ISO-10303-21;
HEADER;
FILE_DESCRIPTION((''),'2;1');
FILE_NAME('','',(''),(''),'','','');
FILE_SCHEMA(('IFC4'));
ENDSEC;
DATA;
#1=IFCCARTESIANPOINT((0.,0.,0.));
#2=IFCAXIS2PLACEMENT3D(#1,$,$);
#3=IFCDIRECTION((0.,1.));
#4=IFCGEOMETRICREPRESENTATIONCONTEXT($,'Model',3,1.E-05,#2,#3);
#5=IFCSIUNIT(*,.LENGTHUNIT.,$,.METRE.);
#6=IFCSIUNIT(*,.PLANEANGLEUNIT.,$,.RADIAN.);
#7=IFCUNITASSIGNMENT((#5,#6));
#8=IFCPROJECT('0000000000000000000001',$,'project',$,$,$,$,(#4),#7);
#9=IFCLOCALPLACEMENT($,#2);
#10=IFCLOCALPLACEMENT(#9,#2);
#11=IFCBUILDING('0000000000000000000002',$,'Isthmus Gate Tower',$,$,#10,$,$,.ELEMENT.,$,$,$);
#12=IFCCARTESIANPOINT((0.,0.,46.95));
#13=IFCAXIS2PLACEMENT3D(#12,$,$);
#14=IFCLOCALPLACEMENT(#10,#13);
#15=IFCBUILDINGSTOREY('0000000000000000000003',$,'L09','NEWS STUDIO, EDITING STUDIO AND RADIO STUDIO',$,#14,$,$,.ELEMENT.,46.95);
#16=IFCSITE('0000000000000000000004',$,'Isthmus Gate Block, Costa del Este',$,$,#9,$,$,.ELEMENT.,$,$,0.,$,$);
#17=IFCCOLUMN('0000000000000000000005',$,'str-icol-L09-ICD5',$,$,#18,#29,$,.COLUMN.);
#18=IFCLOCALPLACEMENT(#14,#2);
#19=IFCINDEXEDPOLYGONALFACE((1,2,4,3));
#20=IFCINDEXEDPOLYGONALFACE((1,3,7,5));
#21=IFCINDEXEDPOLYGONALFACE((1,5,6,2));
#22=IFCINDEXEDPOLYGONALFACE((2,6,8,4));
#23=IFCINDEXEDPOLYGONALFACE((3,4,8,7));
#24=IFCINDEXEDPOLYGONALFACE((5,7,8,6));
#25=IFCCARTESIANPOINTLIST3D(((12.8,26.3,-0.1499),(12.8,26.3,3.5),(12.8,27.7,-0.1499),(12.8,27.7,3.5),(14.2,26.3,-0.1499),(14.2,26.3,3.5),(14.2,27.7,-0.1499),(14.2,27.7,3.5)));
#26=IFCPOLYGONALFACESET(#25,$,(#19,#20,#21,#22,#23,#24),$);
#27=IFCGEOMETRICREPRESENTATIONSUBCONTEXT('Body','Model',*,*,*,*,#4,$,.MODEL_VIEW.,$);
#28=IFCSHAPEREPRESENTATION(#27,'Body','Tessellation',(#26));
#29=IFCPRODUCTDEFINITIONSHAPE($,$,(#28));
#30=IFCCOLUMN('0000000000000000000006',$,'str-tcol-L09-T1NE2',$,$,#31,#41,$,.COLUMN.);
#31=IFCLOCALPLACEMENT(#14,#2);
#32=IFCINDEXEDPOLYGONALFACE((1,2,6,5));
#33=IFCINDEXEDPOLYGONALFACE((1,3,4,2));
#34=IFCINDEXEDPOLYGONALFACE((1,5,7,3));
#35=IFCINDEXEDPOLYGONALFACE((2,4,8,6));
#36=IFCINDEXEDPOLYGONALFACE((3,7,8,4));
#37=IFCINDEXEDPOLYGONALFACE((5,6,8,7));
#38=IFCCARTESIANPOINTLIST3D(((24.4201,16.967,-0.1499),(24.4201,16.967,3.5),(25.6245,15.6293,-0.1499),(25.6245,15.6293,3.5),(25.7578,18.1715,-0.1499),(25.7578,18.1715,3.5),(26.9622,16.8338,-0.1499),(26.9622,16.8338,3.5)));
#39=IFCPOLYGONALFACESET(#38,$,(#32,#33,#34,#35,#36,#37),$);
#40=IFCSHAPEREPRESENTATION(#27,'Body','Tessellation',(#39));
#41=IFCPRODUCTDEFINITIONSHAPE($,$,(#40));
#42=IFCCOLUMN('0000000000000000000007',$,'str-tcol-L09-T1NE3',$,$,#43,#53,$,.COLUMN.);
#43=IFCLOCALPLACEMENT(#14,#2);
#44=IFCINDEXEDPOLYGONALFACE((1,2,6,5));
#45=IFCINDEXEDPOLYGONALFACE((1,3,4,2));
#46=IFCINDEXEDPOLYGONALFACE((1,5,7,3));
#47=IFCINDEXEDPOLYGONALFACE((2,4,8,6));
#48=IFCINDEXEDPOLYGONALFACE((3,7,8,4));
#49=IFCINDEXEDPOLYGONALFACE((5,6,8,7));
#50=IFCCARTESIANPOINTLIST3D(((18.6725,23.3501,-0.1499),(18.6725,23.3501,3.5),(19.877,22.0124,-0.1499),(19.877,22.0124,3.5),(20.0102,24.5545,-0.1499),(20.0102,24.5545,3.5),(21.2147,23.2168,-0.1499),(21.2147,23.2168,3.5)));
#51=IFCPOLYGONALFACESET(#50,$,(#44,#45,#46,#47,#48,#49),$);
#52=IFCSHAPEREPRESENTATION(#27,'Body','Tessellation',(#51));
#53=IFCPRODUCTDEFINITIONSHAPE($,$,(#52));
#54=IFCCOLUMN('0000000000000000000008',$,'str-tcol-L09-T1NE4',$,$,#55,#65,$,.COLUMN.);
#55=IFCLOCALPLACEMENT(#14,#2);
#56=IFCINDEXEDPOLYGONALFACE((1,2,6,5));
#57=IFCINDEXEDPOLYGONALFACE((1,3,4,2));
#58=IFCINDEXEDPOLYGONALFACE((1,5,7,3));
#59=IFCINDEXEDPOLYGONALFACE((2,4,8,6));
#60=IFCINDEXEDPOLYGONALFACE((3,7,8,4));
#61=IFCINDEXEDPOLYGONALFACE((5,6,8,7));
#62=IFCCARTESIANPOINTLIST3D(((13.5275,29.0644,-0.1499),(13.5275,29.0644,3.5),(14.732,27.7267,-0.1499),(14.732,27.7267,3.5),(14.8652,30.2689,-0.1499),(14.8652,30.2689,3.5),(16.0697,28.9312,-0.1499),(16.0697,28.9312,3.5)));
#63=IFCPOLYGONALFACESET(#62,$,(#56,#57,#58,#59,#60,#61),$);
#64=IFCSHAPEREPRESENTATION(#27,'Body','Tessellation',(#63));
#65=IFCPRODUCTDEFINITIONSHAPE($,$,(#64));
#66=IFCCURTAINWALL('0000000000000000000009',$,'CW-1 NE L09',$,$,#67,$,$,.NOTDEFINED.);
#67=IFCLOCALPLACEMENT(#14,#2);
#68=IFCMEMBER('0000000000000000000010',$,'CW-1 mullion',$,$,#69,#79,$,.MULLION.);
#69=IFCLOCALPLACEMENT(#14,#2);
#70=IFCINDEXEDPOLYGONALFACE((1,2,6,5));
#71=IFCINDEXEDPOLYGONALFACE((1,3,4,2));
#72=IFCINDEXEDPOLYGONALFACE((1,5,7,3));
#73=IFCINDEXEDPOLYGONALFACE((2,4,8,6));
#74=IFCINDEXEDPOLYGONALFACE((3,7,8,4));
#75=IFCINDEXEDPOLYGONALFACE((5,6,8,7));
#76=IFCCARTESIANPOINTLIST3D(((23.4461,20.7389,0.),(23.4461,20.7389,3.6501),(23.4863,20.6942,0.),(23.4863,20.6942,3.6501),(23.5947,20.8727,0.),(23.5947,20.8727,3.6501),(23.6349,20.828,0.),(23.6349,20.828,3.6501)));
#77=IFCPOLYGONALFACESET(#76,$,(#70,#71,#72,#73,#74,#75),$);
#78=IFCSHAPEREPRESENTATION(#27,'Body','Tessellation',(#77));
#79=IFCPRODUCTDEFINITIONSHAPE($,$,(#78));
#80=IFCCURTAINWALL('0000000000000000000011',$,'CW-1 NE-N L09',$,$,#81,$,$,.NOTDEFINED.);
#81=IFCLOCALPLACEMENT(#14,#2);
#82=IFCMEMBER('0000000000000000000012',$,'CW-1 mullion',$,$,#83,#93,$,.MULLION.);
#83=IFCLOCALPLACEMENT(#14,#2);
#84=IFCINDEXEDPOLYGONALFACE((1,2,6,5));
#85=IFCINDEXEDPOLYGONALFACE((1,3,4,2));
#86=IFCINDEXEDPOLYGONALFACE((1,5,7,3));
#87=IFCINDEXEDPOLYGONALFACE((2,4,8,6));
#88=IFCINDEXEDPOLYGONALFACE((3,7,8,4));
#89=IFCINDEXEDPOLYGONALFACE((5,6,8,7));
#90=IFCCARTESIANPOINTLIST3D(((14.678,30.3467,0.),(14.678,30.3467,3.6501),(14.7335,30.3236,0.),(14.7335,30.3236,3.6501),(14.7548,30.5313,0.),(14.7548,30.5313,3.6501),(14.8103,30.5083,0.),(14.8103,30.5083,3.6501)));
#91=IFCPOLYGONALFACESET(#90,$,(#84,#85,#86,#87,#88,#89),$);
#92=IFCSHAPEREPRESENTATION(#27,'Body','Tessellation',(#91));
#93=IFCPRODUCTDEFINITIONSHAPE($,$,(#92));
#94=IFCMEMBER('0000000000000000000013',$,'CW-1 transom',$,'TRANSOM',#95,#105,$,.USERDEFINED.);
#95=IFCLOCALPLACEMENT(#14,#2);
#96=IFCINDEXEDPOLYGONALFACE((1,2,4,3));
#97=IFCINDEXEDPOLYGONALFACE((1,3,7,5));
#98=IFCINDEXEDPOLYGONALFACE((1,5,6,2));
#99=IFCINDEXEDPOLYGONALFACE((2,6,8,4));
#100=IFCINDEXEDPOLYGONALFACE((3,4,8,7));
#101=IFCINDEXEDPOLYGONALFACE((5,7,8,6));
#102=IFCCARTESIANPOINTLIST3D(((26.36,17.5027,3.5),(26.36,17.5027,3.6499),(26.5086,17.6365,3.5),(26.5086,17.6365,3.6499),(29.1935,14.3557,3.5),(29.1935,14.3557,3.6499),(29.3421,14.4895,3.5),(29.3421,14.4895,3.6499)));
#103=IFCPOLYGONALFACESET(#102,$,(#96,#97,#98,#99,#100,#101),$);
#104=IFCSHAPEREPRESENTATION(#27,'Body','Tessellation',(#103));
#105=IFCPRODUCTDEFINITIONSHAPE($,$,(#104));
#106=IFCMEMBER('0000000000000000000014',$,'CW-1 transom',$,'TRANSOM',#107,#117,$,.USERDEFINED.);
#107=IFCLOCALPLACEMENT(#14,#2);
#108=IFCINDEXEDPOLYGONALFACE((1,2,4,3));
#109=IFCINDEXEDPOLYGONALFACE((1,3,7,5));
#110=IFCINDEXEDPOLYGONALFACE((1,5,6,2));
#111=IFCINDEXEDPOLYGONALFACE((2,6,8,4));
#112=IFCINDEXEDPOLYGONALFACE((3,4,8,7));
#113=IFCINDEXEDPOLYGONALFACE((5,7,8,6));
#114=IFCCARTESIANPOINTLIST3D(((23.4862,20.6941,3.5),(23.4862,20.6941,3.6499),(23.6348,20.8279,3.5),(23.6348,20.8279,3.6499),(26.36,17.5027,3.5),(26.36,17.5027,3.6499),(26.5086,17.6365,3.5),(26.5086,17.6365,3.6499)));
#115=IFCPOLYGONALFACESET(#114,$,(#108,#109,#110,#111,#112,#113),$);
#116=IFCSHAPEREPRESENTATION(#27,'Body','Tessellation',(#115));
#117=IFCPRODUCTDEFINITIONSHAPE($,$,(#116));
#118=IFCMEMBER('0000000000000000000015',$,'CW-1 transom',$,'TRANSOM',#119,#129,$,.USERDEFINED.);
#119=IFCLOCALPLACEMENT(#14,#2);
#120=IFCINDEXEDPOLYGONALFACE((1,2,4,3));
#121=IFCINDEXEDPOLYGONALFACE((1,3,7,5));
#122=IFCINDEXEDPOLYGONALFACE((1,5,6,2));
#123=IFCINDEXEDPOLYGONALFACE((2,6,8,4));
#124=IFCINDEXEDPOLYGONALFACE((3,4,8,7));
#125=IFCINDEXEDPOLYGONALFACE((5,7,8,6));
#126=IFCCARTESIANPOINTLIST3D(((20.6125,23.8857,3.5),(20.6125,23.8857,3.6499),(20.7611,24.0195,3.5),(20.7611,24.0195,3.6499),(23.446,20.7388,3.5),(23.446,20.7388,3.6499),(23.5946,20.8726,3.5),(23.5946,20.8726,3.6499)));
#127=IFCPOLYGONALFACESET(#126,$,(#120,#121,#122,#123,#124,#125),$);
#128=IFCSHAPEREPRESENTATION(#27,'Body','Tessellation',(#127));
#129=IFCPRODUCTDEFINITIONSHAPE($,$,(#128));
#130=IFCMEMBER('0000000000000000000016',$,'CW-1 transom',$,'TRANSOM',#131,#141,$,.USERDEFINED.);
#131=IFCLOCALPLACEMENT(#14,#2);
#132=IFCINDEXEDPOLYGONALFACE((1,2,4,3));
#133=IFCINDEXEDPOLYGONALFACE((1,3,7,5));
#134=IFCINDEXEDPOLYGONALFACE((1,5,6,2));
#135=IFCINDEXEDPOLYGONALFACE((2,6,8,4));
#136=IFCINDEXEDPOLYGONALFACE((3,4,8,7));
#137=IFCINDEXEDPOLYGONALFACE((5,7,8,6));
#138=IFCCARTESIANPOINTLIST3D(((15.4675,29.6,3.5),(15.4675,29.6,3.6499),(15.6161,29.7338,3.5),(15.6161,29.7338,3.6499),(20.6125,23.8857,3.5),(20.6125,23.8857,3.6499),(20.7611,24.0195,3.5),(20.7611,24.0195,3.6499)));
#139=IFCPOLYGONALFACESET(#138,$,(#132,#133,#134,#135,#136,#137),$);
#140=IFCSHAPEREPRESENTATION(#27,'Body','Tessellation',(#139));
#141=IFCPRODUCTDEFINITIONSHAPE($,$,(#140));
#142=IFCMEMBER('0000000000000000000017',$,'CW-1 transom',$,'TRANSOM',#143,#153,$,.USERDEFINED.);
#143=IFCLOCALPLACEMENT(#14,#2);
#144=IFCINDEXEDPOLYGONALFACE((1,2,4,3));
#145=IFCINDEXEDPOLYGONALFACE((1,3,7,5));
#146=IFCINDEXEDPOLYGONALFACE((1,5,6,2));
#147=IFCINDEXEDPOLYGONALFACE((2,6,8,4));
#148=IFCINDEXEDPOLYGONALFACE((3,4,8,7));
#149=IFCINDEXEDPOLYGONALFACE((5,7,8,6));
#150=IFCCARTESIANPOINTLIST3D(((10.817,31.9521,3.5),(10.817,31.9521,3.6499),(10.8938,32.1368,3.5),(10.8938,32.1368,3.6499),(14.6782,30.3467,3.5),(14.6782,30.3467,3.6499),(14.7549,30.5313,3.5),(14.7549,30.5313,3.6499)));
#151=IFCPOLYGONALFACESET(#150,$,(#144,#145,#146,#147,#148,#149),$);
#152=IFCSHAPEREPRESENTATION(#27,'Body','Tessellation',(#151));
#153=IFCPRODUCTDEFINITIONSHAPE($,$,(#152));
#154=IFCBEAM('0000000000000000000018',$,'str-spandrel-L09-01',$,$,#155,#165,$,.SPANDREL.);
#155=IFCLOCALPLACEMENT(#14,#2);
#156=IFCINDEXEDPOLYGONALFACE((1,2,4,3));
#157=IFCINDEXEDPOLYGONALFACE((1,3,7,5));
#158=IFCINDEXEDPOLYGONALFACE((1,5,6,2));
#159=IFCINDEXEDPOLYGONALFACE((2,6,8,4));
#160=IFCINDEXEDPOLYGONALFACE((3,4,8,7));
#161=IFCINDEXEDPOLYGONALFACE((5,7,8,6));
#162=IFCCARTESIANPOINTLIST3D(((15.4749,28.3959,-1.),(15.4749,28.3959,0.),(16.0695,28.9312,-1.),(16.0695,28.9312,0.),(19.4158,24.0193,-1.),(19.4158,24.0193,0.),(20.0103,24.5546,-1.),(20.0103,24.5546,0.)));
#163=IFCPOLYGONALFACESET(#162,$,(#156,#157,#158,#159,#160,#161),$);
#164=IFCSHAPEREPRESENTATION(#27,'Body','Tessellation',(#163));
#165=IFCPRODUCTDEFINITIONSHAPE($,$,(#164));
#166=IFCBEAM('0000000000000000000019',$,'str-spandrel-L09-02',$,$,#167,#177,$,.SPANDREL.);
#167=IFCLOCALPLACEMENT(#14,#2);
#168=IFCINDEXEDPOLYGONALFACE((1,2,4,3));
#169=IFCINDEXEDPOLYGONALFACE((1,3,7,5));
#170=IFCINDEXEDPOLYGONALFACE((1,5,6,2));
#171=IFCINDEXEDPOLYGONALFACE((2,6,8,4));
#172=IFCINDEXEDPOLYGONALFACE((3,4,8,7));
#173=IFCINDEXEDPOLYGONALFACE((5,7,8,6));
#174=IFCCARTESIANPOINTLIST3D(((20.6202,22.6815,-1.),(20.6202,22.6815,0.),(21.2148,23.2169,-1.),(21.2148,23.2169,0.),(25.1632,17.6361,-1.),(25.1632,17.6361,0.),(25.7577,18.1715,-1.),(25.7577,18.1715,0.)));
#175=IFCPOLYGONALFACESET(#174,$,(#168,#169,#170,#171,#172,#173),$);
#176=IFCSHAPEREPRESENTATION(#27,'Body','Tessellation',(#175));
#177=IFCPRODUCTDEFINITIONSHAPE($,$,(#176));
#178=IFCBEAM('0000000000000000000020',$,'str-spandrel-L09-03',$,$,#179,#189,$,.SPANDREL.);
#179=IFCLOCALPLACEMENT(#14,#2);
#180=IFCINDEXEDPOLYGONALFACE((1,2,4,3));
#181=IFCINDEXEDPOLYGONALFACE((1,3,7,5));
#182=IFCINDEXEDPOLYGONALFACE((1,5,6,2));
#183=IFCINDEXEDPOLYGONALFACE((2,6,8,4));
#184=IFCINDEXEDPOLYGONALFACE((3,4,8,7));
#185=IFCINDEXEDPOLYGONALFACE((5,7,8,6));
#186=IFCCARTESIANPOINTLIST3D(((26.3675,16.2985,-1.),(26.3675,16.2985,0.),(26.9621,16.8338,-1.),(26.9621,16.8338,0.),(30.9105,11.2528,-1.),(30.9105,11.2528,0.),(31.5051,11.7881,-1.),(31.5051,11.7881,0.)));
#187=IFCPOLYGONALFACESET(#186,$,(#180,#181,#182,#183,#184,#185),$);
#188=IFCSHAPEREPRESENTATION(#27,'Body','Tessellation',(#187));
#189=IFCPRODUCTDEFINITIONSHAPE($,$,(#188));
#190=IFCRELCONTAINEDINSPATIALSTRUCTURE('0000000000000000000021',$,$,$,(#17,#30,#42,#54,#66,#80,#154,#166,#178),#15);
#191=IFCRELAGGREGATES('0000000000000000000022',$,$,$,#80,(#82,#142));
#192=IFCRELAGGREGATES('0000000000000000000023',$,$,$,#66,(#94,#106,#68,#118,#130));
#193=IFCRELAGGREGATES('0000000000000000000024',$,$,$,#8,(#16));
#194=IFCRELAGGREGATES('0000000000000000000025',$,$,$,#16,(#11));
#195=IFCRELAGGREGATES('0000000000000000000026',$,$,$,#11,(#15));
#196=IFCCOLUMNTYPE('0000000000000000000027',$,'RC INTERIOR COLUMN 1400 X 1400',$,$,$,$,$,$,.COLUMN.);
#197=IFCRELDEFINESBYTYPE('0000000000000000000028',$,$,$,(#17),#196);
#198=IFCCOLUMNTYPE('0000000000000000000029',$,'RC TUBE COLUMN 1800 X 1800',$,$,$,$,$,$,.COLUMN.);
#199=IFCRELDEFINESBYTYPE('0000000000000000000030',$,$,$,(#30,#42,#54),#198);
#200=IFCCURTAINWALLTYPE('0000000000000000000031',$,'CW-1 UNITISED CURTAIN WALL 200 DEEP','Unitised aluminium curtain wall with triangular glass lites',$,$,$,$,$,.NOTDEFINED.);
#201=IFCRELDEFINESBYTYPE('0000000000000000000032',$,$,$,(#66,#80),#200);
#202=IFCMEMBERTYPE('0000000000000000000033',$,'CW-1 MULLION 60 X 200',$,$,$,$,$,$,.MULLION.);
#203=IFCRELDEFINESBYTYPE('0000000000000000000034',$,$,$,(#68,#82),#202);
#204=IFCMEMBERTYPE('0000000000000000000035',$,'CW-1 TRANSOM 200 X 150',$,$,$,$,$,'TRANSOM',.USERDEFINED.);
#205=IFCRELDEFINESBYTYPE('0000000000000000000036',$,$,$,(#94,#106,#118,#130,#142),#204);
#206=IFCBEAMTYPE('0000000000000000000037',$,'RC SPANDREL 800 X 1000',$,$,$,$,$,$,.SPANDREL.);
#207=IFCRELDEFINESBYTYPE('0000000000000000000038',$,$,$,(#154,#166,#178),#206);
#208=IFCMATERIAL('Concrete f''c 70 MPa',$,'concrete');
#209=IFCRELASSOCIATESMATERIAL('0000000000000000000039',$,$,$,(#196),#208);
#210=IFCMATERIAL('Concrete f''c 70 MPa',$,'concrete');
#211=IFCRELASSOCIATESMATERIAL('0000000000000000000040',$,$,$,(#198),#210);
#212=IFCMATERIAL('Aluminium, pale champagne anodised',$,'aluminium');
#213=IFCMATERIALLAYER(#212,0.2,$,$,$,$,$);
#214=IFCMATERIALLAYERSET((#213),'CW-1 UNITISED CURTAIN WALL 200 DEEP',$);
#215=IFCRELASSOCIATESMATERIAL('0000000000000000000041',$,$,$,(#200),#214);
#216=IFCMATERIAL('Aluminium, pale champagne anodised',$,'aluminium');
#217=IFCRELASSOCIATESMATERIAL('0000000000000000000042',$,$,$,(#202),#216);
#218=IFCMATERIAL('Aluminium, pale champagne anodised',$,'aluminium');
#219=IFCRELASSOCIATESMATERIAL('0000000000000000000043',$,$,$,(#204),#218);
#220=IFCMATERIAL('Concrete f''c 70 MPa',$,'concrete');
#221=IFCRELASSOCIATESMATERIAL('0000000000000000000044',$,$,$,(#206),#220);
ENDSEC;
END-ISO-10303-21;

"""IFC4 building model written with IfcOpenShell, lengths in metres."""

from ifc_helpers import new_model, si_unit, direction, frame, origin, origin_2d, place, context, subcontext, project, spatial, rectangle, extrude, material, layer, layer_set, material_profile, profile_set, type_object, element, aggregate, save


model = new_model("IFC4")

# Units and contexts
model_context = context("Model", 3, precision=1e-05, world=origin(), true_north=direction((0.0, 1.0)))
body_context = subcontext(model_context, "Body", "Model", "MODEL_VIEW")
ifc_project = project(units=[si_unit("LENGTHUNIT", "METRE"), si_unit("PLANEANGLEUNIT", "RADIAN")], contexts=[model_context])

# Site, building, storey
site_placement = place(None, origin())
site = spatial("IfcSite", under=ifc_project, at=site_placement, Name="Isthmus Gate Block, Costa del Este", CompositionType="ELEMENT", RefElevation=0.0)
building_placement = place(site_placement, origin())
building = spatial("IfcBuilding", under=site, at=building_placement, Name="Isthmus Gate Tower", CompositionType="ELEMENT")
storey_placement = place(building_placement, frame((0.0, 0.0, 46.95)))
storey = spatial("IfcBuildingStorey", under=building, at=storey_placement, Name="L09", Description="NEWS STUDIO, EDITING STUDIO AND RADIO STUDIO", CompositionType="ELEMENT", Elevation=46.95)

# Columns
ifc_material_1 = material(Name="Concrete f'c 70 MPa", Category="concrete")
ifc_material_profile_1 = material_profile(ifc_material_1, rectangle(XDim=1.3999, YDim=1.3999, at=origin_2d()), Name="RC 1400X1400")
ifc_profile_set_1 = profile_set([ifc_material_profile_1], Name="Concrete f'c 70 MPa")
column_type_1 = type_object("IfcColumnType", Name="RC INTERIOR COLUMN 1400 X 1400", PredefinedType="COLUMN", material=ifc_profile_set_1)
column_placement = place(storey_placement, frame((13.5, 27.0, -0.1499), z_axis=(0.0, 0.0, 1.0), x_axis=(1.0, 0.0, 0.0)))
element("IfcColumn", 1, at=column_placement, inside=storey, type_object=column_type_1, Name="str-icol-L09-ICD5", PredefinedType="COLUMN", context=body_context, shape_type="SweptSolid", body=[
    extrude(rectangle(XDim=1.3999, YDim=1.3999, at=origin_2d()), origin(), (0.0, 0.0, 1.0), 3.6499),
])
ifc_material_2 = material(Name="Concrete f'c 70 MPa", Category="concrete")
ifc_material_profile_2 = material_profile(ifc_material_2, rectangle(XDim=1.8, YDim=1.8, at=origin_2d()), Name="RC 1800X1800")
ifc_profile_set_2 = profile_set([ifc_material_profile_2], Name="Concrete f'c 70 MPa")
column_type_2 = type_object("IfcColumnType", Name="RC TUBE COLUMN 1800 X 1800", PredefinedType="COLUMN", material=ifc_profile_set_2)
for number, where, z_axis, x_axis, name in (
    (2, (25.6912, 16.9004, -0.1499), (0.0, 0.0, 1.0), (-0.669131, 0.743145, 0.0), "str-tcol-L09-T1NE2"),
    (3, (19.9436, 23.2834, -0.1499), (0.0, 0.0, 1.0), (-0.669131, 0.743145, 0.0), "str-tcol-L09-T1NE3"),
    (4, (14.7986, 28.9978, -0.1499), (0.0, 0.0, 1.0), (-0.669131, 0.743145, 0.0), "str-tcol-L09-T1NE4"),
):
    element("IfcColumn", number, at=place(storey_placement, frame(where, z_axis=z_axis, x_axis=x_axis)), inside=storey, type_object=column_type_2, Name=name, PredefinedType="COLUMN", context=body_context, shape_type="SweptSolid", body=[
        extrude(rectangle(XDim=1.8, YDim=1.8, at=origin_2d()), origin(), (0.0, 0.0, 1.0), 3.6499),
    ])

# Curtain walls, members
ifc_material_3 = material(Name="Aluminium, pale champagne anodised", Category="aluminium")
ifc_layer_1 = layer(ifc_material_3, 0.2)
ifc_layer_set_1 = layer_set([ifc_layer_1], Name="CW-1 UNITISED CURTAIN WALL 200 DEEP")
curtain_wall_type = type_object("IfcCurtainWallType", Name="CW-1 UNITISED CURTAIN WALL 200 DEEP", Description="Unitised aluminium curtain wall with triangular glass lites", PredefinedType="NOTDEFINED", material=ifc_layer_set_1)
curtain_wall_1_placement = place(storey_placement, origin())
curtain_wall_1 = element("IfcCurtainWall", 5, at=curtain_wall_1_placement, inside=storey, type_object=curtain_wall_type, Name="CW-1 NE L09", PredefinedType="NOTDEFINED")
ifc_material_4 = material(Name="Aluminium, pale champagne anodised", Category="aluminium")
ifc_material_profile_3 = material_profile(ifc_material_4, rectangle(XDim=0.0601, YDim=0.2, at=origin_2d()), Name="60x200")
ifc_profile_set_3 = profile_set([ifc_material_profile_3], Name="Aluminium, pale champagne anodised")
member_type_1 = type_object("IfcMemberType", Name="CW-1 MULLION 60 X 200", PredefinedType="MULLION", material=ifc_profile_set_3)
member_1_placement = place(storey_placement, frame((23.5405, 20.7834, 0.0), z_axis=(0.0, 0.0, 1.0), x_axis=(-0.669131, 0.743145, 0.0)))
member_1 = element("IfcMember", 6, at=member_1_placement, type_object=member_type_1, Name="CW-1 mullion", PredefinedType="MULLION", context=body_context, shape_type="SweptSolid", body=[
    extrude(rectangle(XDim=0.0601, YDim=0.2, at=origin_2d()), origin(), (0.0, 0.0, 1.0), 3.6501),
])
curtain_wall_2_placement = place(storey_placement, origin())
curtain_wall_2 = element("IfcCurtainWall", 7, at=curtain_wall_2_placement, inside=storey, type_object=curtain_wall_type, Name="CW-1 NE-N L09", PredefinedType="NOTDEFINED")
member_2_placement = place(storey_placement, frame((14.7441, 30.4275, 0.0), z_axis=(0.0, 0.0, 1.0), x_axis=(-0.923353, 0.383952, 0.0)))
member_2 = element("IfcMember", 8, at=member_2_placement, type_object=member_type_1, Name="CW-1 mullion", PredefinedType="MULLION", context=body_context, shape_type="SweptSolid", body=[
    extrude(rectangle(XDim=0.0601, YDim=0.2, at=origin_2d()), origin(), (0.0, 0.0, 1.0), 3.6501),
])

# Members
ifc_material_5 = material(Name="Aluminium, pale champagne anodised", Category="aluminium")
ifc_material_profile_4 = material_profile(ifc_material_5, rectangle(XDim=0.2, YDim=0.1499, at=origin_2d()), Name="200x150")
ifc_profile_set_4 = profile_set([ifc_material_profile_4], Name="Aluminium, pale champagne anodised")
member_type_2 = type_object("IfcMemberType", Name="CW-1 TRANSOM 200 X 150", ElementType="TRANSOM", PredefinedType="USERDEFINED", material=ifc_profile_set_4)
member_3_placement = place(storey_placement, frame((29.2678, 14.4226, 3.575), z_axis=(-0.669124, 0.743151, 0.0), x_axis=(-0.743151, -0.669124, 0.0)))
member_3 = element("IfcMember", 9, at=member_3_placement, type_object=member_type_2, Name="CW-1 transom", ObjectType="TRANSOM", PredefinedType="USERDEFINED", context=body_context, shape_type="SweptSolid", body=[
    extrude(rectangle(XDim=0.2, YDim=0.1499, at=origin_2d()), origin(), (0.0, 0.0, 1.0), 4.2346),
])
member_4_placement = place(storey_placement, frame((26.4343, 17.5696, 3.575), z_axis=(-0.669159, 0.743119, 0.0), x_axis=(-0.743119, -0.669159, 0.0)))
member_4 = element("IfcMember", 10, at=member_4_placement, type_object=member_type_2, Name="CW-1 transom", ObjectType="TRANSOM", PredefinedType="USERDEFINED", context=body_context, shape_type="SweptSolid", body=[
    extrude(rectangle(XDim=0.2, YDim=0.1499, at=origin_2d()), origin(), (0.0, 0.0, 1.0), 4.2947),
])
member_5_placement = place(storey_placement, frame((23.5203, 20.8057, 3.575), z_axis=(-0.669124, 0.743151, 0.0), x_axis=(-0.743151, -0.669124, 0.0)))
member_5 = element("IfcMember", 11, at=member_5_placement, type_object=member_type_2, Name="CW-1 transom", ObjectType="TRANSOM", PredefinedType="USERDEFINED", context=body_context, shape_type="SweptSolid", body=[
    extrude(rectangle(XDim=0.2, YDim=0.1499, at=origin_2d()), origin(), (0.0, 0.0, 1.0), 4.2346),
])
member_6_placement = place(storey_placement, frame((20.6868, 23.9526, 3.575), z_axis=(-0.669116, 0.743158, 0.0), x_axis=(-0.743158, -0.669116, 0.0)))
member_6 = element("IfcMember", 12, at=member_6_placement, type_object=member_type_2, Name="CW-1 transom", ObjectType="TRANSOM", PredefinedType="USERDEFINED", context=body_context, shape_type="SweptSolid", body=[
    extrude(rectangle(XDim=0.2, YDim=0.1499, at=origin_2d()), origin(), (0.0, 0.0, 1.0), 7.6892),
])
member_7_placement = place(storey_placement, frame((14.7166, 30.439, 3.575), z_axis=(-0.923358, 0.38394, 0.0), x_axis=(-0.38394, -0.923358, 0.0)))
member_7 = element("IfcMember", 13, at=member_7_placement, type_object=member_type_2, Name="CW-1 transom", ObjectType="TRANSOM", PredefinedType="USERDEFINED", context=body_context, shape_type="SweptSolid", body=[
    extrude(rectangle(XDim=0.2, YDim=0.1499, at=origin_2d()), origin(), (0.0, 0.0, 1.0), 4.1816),
])
aggregate(curtain_wall_2, [member_2, member_7])

# Beams
ifc_material_6 = material(Name="Concrete f'c 70 MPa", Category="concrete")
ifc_material_profile_5 = material_profile(ifc_material_6, rectangle(XDim=0.8, YDim=1.0, at=origin_2d()), Name="RC 800X1000")
ifc_profile_set_5 = profile_set([ifc_material_profile_5], Name="Concrete f'c 70 MPa")
beam_type_1 = type_object("IfcBeamType", Name="RC SPANDREL 800 X 1000", PredefinedType="SPANDREL", material=ifc_profile_set_5)
beam_1_placement = place(storey_placement, frame((15.7722, 28.6636, -0.5), z_axis=(0.669141, -0.743135, 0.0), x_axis=(0.743135, 0.669141, 0.0)))
element("IfcBeam", 14, at=beam_1_placement, inside=storey, type_object=beam_type_1, Name="str-spandrel-L09-01", PredefinedType="SPANDREL", context=body_context, shape_type="SweptSolid", body=[
    extrude(rectangle(XDim=0.8, YDim=1.0, at=origin_2d()), origin(), (0.0, 0.0, 1.0), 5.8894),
])
beam_2_placement = place(storey_placement, frame((20.9175, 22.9492, -0.5), z_axis=(0.669136, -0.74314, 0.0), x_axis=(0.74314, 0.669136, 0.0)))
element("IfcBeam", 15, at=beam_2_placement, inside=storey, type_object=beam_type_1, Name="str-spandrel-L09-02", PredefinedType="SPANDREL", context=body_context, shape_type="SweptSolid", body=[
    extrude(rectangle(XDim=0.8, YDim=1.0, at=origin_2d()), origin(), (0.0, 0.0, 1.0), 6.7893),
])
beam_3_placement = place(storey_placement, frame((26.6648, 16.5662, -0.5), z_axis=(0.669118, -0.743156, 0.0), x_axis=(0.743156, 0.669118, 0.0)))
element("IfcBeam", 16, at=beam_3_placement, inside=storey, type_object=beam_type_1, Name="str-spandrel-L09-03", PredefinedType="SPANDREL", context=body_context, shape_type="SweptSolid", body=[
    extrude(rectangle(XDim=0.8, YDim=1.0, at=origin_2d()), origin(), (0.0, 0.0, 1.0), 6.7896),
])

aggregate(curtain_wall_1, [member_3, member_4, member_1, member_5, member_6])

save(model, "model.ifc")
